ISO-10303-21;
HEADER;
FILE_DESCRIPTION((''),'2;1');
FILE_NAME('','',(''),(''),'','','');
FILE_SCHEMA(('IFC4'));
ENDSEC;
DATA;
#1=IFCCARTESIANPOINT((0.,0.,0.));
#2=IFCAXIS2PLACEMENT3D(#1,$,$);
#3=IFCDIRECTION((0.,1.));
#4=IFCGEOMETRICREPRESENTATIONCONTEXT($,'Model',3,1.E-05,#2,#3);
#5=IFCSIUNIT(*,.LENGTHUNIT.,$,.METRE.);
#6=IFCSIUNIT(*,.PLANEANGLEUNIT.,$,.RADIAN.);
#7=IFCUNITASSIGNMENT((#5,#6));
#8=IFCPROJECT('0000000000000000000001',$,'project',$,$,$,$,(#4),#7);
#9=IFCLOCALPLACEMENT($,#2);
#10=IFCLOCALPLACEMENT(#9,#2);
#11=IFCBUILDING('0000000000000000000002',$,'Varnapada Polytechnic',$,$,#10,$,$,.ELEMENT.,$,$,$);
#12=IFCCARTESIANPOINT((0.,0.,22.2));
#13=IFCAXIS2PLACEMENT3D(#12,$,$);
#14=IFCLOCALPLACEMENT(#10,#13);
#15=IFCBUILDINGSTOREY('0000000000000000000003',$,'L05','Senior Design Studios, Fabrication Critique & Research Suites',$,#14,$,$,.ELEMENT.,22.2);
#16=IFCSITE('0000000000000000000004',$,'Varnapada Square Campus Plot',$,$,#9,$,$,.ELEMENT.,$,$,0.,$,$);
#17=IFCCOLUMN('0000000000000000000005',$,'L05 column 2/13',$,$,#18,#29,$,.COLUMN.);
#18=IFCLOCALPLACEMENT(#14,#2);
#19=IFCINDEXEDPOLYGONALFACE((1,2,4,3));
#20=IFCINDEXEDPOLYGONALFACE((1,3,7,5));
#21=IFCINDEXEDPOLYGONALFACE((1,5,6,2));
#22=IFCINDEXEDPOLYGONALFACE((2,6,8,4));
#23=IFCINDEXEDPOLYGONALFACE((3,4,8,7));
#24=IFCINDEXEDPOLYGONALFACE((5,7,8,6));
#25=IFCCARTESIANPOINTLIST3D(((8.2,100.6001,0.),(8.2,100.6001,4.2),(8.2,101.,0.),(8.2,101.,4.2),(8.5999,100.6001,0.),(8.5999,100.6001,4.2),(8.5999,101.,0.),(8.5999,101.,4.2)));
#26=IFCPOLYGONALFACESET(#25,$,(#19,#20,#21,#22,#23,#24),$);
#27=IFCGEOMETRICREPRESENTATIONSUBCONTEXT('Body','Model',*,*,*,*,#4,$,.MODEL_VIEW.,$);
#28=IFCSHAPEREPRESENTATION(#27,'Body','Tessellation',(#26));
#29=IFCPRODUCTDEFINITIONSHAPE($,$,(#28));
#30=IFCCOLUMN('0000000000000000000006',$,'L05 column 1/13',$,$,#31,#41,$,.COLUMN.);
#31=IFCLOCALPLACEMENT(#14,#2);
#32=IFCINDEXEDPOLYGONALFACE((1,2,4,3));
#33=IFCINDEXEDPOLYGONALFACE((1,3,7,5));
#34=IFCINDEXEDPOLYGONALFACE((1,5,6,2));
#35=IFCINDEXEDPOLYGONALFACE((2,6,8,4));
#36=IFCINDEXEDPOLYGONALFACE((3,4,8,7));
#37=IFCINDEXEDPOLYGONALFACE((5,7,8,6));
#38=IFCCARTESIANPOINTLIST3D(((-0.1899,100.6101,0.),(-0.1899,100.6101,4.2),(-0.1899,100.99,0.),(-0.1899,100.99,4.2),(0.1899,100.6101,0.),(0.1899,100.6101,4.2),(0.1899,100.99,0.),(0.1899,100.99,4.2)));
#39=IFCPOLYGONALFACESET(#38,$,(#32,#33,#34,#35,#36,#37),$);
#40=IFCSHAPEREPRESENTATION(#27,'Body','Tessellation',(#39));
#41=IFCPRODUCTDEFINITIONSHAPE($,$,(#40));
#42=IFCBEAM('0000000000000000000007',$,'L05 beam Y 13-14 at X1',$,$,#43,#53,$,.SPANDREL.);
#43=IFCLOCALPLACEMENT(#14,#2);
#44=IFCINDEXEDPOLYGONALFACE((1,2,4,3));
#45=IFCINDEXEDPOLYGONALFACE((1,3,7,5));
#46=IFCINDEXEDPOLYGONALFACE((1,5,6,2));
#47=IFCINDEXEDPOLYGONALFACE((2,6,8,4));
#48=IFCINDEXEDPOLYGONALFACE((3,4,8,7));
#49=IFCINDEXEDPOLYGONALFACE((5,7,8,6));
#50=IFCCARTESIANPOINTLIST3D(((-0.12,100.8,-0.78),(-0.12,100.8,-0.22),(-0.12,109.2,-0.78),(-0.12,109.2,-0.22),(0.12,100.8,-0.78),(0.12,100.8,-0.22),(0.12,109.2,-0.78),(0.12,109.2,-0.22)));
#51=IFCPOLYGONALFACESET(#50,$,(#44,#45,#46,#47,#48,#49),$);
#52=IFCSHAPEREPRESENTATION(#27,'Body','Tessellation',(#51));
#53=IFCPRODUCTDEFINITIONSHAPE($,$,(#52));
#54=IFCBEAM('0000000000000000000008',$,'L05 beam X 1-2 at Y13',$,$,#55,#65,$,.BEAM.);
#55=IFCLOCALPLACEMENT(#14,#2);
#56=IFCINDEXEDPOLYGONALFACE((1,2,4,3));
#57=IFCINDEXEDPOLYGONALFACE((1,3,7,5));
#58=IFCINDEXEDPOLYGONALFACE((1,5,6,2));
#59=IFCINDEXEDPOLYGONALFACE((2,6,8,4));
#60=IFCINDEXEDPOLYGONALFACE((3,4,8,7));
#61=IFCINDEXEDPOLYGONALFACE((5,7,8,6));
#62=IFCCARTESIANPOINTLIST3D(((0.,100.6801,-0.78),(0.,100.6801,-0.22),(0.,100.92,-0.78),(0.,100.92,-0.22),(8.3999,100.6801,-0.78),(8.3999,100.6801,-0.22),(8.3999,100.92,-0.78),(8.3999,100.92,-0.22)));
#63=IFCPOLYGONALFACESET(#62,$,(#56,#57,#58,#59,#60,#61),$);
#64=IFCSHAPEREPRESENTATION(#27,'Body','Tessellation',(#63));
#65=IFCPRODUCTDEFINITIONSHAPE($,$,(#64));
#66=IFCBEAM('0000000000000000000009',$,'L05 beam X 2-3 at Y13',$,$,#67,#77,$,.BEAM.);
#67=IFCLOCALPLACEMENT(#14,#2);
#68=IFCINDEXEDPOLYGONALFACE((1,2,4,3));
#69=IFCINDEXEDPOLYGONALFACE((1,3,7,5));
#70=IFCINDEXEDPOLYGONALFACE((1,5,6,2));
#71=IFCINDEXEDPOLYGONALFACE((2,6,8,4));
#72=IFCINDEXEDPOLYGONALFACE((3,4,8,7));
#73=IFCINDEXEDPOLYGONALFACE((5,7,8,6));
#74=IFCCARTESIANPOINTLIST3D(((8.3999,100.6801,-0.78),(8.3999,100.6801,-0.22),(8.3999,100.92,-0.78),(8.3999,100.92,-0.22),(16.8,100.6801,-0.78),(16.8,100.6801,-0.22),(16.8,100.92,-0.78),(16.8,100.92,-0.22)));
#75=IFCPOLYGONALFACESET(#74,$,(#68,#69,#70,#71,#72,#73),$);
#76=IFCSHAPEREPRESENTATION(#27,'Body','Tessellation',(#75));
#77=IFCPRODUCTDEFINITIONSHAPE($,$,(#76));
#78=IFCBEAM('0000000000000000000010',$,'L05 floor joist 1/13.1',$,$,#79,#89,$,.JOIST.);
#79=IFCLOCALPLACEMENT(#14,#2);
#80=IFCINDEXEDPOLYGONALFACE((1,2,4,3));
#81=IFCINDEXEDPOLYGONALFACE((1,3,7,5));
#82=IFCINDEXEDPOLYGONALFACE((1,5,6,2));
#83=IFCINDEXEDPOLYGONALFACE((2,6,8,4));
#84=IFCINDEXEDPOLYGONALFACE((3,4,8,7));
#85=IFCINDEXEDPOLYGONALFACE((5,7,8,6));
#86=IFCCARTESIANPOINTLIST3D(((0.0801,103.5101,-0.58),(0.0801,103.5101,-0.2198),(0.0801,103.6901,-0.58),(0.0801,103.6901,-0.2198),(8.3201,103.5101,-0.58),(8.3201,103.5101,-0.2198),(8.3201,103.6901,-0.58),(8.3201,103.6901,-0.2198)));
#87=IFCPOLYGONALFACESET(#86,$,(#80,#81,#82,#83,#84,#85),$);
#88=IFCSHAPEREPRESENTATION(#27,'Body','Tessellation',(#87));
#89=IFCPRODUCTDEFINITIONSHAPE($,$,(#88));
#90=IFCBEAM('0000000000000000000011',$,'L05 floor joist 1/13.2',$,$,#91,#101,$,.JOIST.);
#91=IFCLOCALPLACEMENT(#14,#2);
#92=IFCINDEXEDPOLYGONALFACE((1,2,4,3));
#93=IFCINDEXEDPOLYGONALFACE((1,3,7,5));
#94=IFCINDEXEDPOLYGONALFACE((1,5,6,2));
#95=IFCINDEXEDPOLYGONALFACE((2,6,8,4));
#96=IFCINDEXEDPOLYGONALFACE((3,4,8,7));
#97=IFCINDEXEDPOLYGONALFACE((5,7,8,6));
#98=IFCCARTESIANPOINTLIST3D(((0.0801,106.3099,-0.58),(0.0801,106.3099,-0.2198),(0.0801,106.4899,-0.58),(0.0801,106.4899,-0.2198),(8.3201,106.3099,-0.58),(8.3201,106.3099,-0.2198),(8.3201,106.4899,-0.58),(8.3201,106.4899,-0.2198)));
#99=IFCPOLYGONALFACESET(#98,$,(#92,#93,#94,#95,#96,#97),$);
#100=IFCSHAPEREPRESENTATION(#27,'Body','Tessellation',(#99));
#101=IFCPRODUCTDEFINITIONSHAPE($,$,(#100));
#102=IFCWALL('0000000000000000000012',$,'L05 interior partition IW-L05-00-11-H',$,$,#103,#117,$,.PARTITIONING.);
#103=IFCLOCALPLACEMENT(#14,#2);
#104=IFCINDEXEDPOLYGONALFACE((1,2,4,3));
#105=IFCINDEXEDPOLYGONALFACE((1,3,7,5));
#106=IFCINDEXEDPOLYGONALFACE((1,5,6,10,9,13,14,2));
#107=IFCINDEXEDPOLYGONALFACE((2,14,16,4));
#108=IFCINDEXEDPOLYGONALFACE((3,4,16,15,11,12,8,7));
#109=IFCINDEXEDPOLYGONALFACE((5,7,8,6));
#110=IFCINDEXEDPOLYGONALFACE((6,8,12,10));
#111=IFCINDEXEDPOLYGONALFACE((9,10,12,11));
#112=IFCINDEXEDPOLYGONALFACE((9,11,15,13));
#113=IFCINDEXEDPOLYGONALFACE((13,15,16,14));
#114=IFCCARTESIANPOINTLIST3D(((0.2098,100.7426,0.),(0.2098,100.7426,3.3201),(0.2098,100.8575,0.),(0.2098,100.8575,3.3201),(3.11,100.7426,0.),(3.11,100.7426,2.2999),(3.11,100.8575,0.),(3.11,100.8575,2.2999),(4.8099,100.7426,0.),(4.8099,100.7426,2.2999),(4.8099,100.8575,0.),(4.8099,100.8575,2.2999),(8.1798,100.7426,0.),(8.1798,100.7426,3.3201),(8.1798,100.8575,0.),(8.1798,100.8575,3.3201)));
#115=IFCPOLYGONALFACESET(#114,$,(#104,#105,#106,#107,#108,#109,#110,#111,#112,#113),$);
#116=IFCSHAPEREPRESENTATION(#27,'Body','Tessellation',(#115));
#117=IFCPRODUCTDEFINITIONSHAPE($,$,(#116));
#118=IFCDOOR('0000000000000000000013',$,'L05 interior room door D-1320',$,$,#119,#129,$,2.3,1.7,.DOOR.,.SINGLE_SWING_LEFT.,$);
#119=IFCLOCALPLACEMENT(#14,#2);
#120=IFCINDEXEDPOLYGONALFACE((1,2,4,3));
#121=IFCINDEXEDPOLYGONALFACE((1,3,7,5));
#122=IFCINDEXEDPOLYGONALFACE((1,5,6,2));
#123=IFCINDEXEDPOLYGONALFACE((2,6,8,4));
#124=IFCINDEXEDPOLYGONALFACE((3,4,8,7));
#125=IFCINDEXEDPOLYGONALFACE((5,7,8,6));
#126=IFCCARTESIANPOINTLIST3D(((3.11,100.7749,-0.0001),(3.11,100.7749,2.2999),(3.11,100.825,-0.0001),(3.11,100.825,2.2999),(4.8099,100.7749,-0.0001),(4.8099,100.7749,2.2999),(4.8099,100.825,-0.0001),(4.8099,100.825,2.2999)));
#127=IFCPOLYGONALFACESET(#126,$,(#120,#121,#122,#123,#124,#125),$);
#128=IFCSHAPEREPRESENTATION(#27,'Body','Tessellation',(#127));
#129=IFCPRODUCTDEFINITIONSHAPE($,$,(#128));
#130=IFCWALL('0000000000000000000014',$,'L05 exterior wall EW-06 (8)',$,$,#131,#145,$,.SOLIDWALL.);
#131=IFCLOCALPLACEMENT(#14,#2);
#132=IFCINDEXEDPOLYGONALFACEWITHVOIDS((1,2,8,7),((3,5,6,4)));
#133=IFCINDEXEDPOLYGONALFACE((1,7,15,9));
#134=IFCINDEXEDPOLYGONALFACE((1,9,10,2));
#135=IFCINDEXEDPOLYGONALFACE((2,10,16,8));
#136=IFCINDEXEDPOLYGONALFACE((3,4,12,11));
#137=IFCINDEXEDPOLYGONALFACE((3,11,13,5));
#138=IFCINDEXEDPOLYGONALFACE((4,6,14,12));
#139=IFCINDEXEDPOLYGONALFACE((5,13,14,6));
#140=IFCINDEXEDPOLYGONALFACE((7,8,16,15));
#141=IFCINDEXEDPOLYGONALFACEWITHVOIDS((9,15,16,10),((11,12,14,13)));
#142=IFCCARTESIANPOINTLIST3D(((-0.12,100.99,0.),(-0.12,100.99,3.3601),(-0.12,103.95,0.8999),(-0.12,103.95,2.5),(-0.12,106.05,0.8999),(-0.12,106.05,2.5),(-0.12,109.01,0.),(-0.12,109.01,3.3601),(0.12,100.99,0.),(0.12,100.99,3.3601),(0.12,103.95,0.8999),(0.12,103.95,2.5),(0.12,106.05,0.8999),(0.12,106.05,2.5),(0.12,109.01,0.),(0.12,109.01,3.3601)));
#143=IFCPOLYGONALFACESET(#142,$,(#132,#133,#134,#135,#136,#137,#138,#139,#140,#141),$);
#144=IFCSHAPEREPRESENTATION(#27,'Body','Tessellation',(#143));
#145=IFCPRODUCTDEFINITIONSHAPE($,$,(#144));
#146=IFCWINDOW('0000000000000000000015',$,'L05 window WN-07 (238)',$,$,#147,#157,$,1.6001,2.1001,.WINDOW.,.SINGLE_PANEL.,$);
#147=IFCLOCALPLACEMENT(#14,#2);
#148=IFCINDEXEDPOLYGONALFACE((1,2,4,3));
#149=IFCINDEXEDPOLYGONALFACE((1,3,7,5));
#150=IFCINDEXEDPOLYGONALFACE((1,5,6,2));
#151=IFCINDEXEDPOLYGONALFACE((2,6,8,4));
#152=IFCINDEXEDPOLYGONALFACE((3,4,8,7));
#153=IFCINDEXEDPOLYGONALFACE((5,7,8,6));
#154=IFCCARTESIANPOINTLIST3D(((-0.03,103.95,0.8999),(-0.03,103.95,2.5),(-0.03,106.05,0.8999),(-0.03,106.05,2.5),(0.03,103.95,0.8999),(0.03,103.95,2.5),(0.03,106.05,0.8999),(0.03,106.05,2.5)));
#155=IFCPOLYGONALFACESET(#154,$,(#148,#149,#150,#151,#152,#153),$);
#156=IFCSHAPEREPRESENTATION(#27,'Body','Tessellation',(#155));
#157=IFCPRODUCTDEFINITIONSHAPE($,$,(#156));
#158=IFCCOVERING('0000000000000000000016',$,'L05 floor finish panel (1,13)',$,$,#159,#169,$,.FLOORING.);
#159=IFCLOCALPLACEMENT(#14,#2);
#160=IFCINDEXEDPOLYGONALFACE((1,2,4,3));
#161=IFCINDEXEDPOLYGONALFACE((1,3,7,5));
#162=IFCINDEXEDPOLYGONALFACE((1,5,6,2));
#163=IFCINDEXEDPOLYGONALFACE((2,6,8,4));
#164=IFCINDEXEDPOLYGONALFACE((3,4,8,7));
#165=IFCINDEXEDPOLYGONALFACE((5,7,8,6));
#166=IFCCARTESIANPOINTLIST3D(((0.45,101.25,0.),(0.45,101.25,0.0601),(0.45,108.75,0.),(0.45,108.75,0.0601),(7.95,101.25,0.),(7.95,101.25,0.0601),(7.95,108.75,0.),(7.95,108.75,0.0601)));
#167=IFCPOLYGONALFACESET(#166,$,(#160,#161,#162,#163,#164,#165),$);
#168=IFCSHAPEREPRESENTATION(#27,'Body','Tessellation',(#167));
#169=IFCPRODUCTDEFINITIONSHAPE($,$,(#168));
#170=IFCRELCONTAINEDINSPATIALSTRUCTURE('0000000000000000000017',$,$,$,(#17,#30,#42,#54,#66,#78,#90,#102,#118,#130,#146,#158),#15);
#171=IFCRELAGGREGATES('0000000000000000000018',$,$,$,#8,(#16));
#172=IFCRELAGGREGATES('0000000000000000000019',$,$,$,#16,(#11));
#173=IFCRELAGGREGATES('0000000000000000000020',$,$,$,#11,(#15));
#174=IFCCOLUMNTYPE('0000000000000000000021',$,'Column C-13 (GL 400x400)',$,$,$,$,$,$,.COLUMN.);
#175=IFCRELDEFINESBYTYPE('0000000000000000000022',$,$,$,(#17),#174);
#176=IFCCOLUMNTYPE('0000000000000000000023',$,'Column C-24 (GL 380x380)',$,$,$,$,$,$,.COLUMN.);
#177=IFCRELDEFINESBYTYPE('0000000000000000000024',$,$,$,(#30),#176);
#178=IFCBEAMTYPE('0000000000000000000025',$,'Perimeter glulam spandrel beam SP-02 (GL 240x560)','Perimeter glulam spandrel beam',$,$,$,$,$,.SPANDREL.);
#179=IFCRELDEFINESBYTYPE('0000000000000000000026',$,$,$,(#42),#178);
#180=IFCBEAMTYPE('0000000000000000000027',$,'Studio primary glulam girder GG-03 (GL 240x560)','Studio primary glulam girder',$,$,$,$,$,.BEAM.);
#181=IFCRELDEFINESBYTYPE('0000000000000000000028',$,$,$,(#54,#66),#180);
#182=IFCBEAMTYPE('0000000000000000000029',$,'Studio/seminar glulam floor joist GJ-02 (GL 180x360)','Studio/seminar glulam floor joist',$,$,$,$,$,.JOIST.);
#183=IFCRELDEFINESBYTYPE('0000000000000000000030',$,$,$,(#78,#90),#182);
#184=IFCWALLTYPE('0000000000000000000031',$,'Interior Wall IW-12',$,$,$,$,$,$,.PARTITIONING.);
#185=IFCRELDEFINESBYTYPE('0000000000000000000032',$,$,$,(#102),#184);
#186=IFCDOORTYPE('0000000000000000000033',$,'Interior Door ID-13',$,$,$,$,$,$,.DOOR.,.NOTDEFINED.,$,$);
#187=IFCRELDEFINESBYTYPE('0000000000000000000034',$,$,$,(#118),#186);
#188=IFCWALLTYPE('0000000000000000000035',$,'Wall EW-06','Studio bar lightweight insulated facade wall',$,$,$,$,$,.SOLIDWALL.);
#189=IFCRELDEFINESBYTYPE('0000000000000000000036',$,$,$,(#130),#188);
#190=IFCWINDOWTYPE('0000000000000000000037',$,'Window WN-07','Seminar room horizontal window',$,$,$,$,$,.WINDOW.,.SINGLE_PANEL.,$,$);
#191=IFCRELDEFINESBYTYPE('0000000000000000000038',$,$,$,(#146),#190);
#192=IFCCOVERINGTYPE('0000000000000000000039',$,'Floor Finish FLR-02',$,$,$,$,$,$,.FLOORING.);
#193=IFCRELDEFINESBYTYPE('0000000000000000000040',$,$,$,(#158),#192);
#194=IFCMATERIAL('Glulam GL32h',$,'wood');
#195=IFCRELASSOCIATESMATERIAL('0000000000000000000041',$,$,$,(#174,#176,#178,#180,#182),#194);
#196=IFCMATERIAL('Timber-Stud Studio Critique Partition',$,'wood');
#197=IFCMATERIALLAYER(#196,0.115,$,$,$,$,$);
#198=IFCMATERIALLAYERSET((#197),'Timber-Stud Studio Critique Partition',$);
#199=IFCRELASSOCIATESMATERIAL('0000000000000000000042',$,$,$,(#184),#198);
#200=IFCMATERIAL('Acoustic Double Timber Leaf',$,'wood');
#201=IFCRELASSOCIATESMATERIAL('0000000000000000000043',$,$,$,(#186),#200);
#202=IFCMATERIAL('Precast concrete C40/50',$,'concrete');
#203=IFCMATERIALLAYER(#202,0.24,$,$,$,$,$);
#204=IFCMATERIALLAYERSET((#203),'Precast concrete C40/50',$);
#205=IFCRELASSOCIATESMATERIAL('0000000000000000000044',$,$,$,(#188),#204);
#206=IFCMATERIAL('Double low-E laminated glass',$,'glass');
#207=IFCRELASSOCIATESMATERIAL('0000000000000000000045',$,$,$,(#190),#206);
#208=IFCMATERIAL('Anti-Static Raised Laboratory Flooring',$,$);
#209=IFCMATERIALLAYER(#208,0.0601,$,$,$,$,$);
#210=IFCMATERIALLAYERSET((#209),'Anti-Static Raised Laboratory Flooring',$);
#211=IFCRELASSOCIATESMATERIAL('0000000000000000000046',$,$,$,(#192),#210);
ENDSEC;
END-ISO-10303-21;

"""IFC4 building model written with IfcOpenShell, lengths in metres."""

from ifc_helpers import new_model, si_unit, direction, frame, frame_2d, origin, origin_2d, place, context, subcontext, project, spatial, rectangle, extrude, material, layer, layer_set, material_profile, profile_set, type_object, element, fill, save


model = new_model("IFC4")

# Units and contexts
model_context = context("Model", 3, precision=1e-05, world=origin(), true_north=direction((0.0, 1.0)))
body_context = subcontext(model_context, "Body", "Model", "MODEL_VIEW")
ifc_project = project(units=[si_unit("LENGTHUNIT", "METRE"), si_unit("PLANEANGLEUNIT", "RADIAN")], contexts=[model_context])

# Site, building, storey
site_placement = place(None, origin())
site = spatial("IfcSite", under=ifc_project, at=site_placement, Name="Varnapada Square Campus Plot", CompositionType="ELEMENT", RefElevation=0.0)
building_placement = place(site_placement, origin())
building = spatial("IfcBuilding", under=site, at=building_placement, Name="Varnapada Polytechnic", CompositionType="ELEMENT")
storey_placement = place(building_placement, frame((0.0, 0.0, 22.2)))
storey = spatial("IfcBuildingStorey", under=building, at=storey_placement, Name="L05", Description="Senior Design Studios, Fabrication Critique & Research Suites", CompositionType="ELEMENT", Elevation=22.2)

# Columns
ifc_material_1 = material(Name="Glulam GL32h", Category="wood")
ifc_material_profile_1 = material_profile(ifc_material_1, rectangle(XDim=0.3999, YDim=0.3999, at=origin_2d()), Name="GL 400x400")
ifc_profile_set_1 = profile_set([ifc_material_profile_1], Name="Glulam GL32h")
column_type_1 = type_object("IfcColumnType", Name="Column C-13 (GL 400x400)", PredefinedType="COLUMN", material=ifc_profile_set_1)
column_1_placement = place(storey_placement, frame((8.3999, 100.8, 0.0), z_axis=(0.0, 0.0, 1.0), x_axis=(1.0, 0.0, 0.0)))
element("IfcColumn", 1, at=column_1_placement, inside=storey, type_object=column_type_1, Name="L05 column 2/13", PredefinedType="COLUMN", context=body_context, shape_type="SweptSolid", body=[
    extrude(rectangle(XDim=0.3999, YDim=0.3999, at=origin_2d()), origin(), (0.0, 0.0, 1.0), 4.2),
])
ifc_material_profile_2 = material_profile(ifc_material_1, rectangle(XDim=0.3799, YDim=0.3799, at=origin_2d()), Name="GL 380x380")
ifc_profile_set_2 = profile_set([ifc_material_profile_2], Name="Glulam GL32h")
column_type_2 = type_object("IfcColumnType", Name="Column C-24 (GL 380x380)", PredefinedType="COLUMN", material=ifc_profile_set_2)
column_2_placement = place(storey_placement, frame((0.0, 100.8, 0.0), z_axis=(0.0, 0.0, 1.0), x_axis=(1.0, 0.0, 0.0)))
element("IfcColumn", 2, at=column_2_placement, inside=storey, type_object=column_type_2, Name="L05 column 1/13", PredefinedType="COLUMN", context=body_context, shape_type="SweptSolid", body=[
    extrude(rectangle(XDim=0.3799, YDim=0.3799, at=origin_2d()), origin(), (0.0, 0.0, 1.0), 4.2),
])

# Beams
ifc_material_profile_3 = material_profile(ifc_material_1, rectangle(XDim=0.24, YDim=0.5601, at=origin_2d()), Name="GL 240x560")
ifc_profile_set_3 = profile_set([ifc_material_profile_3], Name="Glulam GL32h")
beam_type_1 = type_object("IfcBeamType", Name="Perimeter glulam spandrel beam SP-02 (GL 240x560)", Description="Perimeter glulam spandrel beam", PredefinedType="SPANDREL", material=ifc_profile_set_3)
beam_1_placement = place(storey_placement, frame((0.0, 100.8, -0.5), z_axis=(0.0, 1.0, 0.0), x_axis=(-1.0, 0.0, 0.0)))
element("IfcBeam", 3, at=beam_1_placement, inside=storey, type_object=beam_type_1, Name="L05 beam Y 13-14 at X1", PredefinedType="SPANDREL", context=body_context, shape_type="SweptSolid", body=[
    extrude(rectangle(XDim=0.24, YDim=0.5601, at=origin_2d()), origin(), (0.0, 0.0, 1.0), 8.3999),
])
ifc_material_profile_4 = material_profile(ifc_material_1, rectangle(XDim=0.24, YDim=0.5601, at=origin_2d()), Name="GL 240x560")
ifc_profile_set_4 = profile_set([ifc_material_profile_4], Name="Glulam GL32h")
beam_type_2 = type_object("IfcBeamType", Name="Studio primary glulam girder GG-03 (GL 240x560)", Description="Studio primary glulam girder", PredefinedType="BEAM", material=ifc_profile_set_4)
beam_2_placement = place(storey_placement, frame((0.0, 100.8, -0.5), z_axis=(1.0, 0.0, 0.0), x_axis=(0.0, 1.0, 0.0)))
element("IfcBeam", 4, at=beam_2_placement, inside=storey, type_object=beam_type_2, Name="L05 beam X 1-2 at Y13", PredefinedType="BEAM", context=body_context, shape_type="SweptSolid", body=[
    extrude(rectangle(XDim=0.24, YDim=0.5601, at=origin_2d()), origin(), (0.0, 0.0, 1.0), 8.3999),
])
beam_3_placement = place(storey_placement, frame((8.3999, 100.8, -0.5), z_axis=(1.0, 0.0, 0.0), x_axis=(0.0, 1.0, 0.0)))
element("IfcBeam", 5, at=beam_3_placement, inside=storey, type_object=beam_type_2, Name="L05 beam X 2-3 at Y13", PredefinedType="BEAM", context=body_context, shape_type="SweptSolid", body=[
    extrude(rectangle(XDim=0.24, YDim=0.5601, at=origin_2d()), origin(), (0.0, 0.0, 1.0), 8.4001),
])
ifc_material_profile_5 = material_profile(ifc_material_1, rectangle(XDim=0.1799, YDim=0.3601, at=origin_2d()), Name="GL 180x360")
ifc_profile_set_5 = profile_set([ifc_material_profile_5], Name="Glulam GL32h")
beam_type_3 = type_object("IfcBeamType", Name="Studio/seminar glulam floor joist GJ-02 (GL 180x360)", Description="Studio/seminar glulam floor joist", PredefinedType="JOIST", material=ifc_profile_set_5)
for number, where, z_axis, x_axis, name in (
    (6, (0.0801, 103.6001, -0.3999), (1.0, 0.0, 0.0), (0.0, 1.0, 0.0), "L05 floor joist 1/13.1"),
    (7, (0.0801, 106.3999, -0.3999), (1.0, 0.0, 0.0), (0.0, 1.0, 0.0), "L05 floor joist 1/13.2"),
):
    element("IfcBeam", number, at=place(storey_placement, frame(where, z_axis=z_axis, x_axis=x_axis)), inside=storey, type_object=beam_type_3, Name=name, PredefinedType="JOIST", context=body_context, shape_type="SweptSolid", body=[
        extrude(rectangle(XDim=0.1799, YDim=0.3601, at=origin_2d()), origin(), (0.0, 0.0, 1.0), 8.24),
    ])

# Wall, opening, door
ifc_material_2 = material(Name="Timber-Stud Studio Critique Partition", Category="wood")
ifc_layer_1 = layer(ifc_material_2, 0.115)
ifc_layer_set_1 = layer_set([ifc_layer_1], Name="Timber-Stud Studio Critique Partition")
wall_type_1 = type_object("IfcWallType", Name="Interior Wall IW-12", PredefinedType="PARTITIONING", material=ifc_layer_set_1)
wall_1_placement = place(storey_placement, frame((0.21, 100.8, 0.0), z_axis=(0.0, 0.0, 1.0), x_axis=(1.0, 0.0, 0.0)))
wall_1 = element("IfcWall", 8, at=wall_1_placement, inside=storey, type_object=wall_type_1, Name="L05 interior partition IW-L05-00-11-H", PredefinedType="PARTITIONING", context=body_context, shape_type="SweptSolid", body=[
    extrude(rectangle(XDim=7.97, YDim=0.115, at=frame_2d((3.9849, 0.0))), origin(), (0.0, 0.0, 1.0), 3.3201),
])
opening_1_placement = place(wall_1_placement, frame((2.8999, 0.0, 0.0)))
opening_1 = element("IfcOpeningElement", 9, at=opening_1_placement, cuts=wall_1, PredefinedType="OPENING", context=body_context, shape_type="SweptSolid", body=[
    extrude(rectangle(XDim=1.7, YDim=2.3, at=frame_2d((0.8501, 1.1499))), frame((0.0, 0.0674, 0.0), z_axis=(0.0, -1.0, 0.0), x_axis=(1.0, 0.0, 0.0)), (0.0, 0.0, 1.0), 0.135),
])
ifc_material_3 = material(Name="Acoustic Double Timber Leaf", Category="wood")
door_type = type_object("IfcDoorType", Name="Interior Door ID-13", OperationType="NOTDEFINED", PredefinedType="DOOR", material=ifc_material_3)
door_placement = place(opening_1_placement, origin())
door = element("IfcDoor", 10, at=door_placement, inside=storey, type_object=door_type, Name="L05 interior room door D-1320", OperationType="SINGLE_SWING_LEFT", OverallHeight=2.3, OverallWidth=1.7, PredefinedType="DOOR", context=body_context, shape_type="SweptSolid", body=[
    extrude(rectangle(XDim=1.7, YDim=2.3, at=frame_2d((0.8501, 1.1499))), frame((0.0, 0.0249, 0.0), z_axis=(0.0, -1.0, 0.0), x_axis=(1.0, 0.0, 0.0)), (0.0, 0.0, 1.0), 0.05),
])
fill(opening_1, door)

# Wall, opening, window
ifc_material_4 = material(Name="Precast concrete C40/50", Category="concrete")
ifc_layer_2 = layer(ifc_material_4, 0.24)
ifc_layer_set_2 = layer_set([ifc_layer_2], Name="Precast concrete C40/50")
wall_type_2 = type_object("IfcWallType", Name="Wall EW-06", Description="Studio bar lightweight insulated facade wall", PredefinedType="SOLIDWALL", material=ifc_layer_set_2)
wall_2_placement = place(storey_placement, frame((0.0, 100.99, 0.0), z_axis=(0.0, 0.0, 1.0), x_axis=(0.0, 1.0, 0.0)))
wall_2 = element("IfcWall", 11, at=wall_2_placement, inside=storey, type_object=wall_type_2, Name="L05 exterior wall EW-06 (8)", PredefinedType="SOLIDWALL", context=body_context, shape_type="SweptSolid", body=[
    extrude(rectangle(XDim=8.02, YDim=0.24, at=frame_2d((4.01, 0.0))), origin(), (0.0, 0.0, 1.0), 3.3601),
])
opening_2_placement = place(wall_2_placement, frame((2.96, 0.0, 0.8999)))
opening_2 = element("IfcOpeningElement", 12, at=opening_2_placement, cuts=wall_2, PredefinedType="OPENING", context=body_context, shape_type="SweptSolid", body=[
    extrude(rectangle(XDim=2.1001, YDim=1.6001, at=frame_2d((1.05, 0.8))), frame((0.0, 0.1299, 0.0), z_axis=(0.0, -1.0, 0.0), x_axis=(1.0, 0.0, 0.0)), (0.0, 0.0, 1.0), 0.26),
])
ifc_material_5 = material(Name="Double low-E laminated glass", Category="glass")
window_type = type_object("IfcWindowType", Name="Window WN-07", Description="Seminar room horizontal window", PartitioningType="SINGLE_PANEL", PredefinedType="WINDOW", material=ifc_material_5)
window_placement = place(opening_2_placement, origin())
window = element("IfcWindow", 13, at=window_placement, inside=storey, type_object=window_type, Name="L05 window WN-07 (238)", OverallHeight=1.6001, OverallWidth=2.1001, PartitioningType="SINGLE_PANEL", PredefinedType="WINDOW", context=body_context, shape_type="SweptSolid", body=[
    extrude(rectangle(XDim=2.1001, YDim=1.6001, at=frame_2d((1.05, 0.8))), frame((0.0, 0.03, 0.0), z_axis=(0.0, -1.0, 0.0), x_axis=(1.0, 0.0, 0.0)), (0.0, 0.0, 1.0), 0.0601),
])
fill(opening_2, window)

# Covering
ifc_material_6 = material(Name="Anti-Static Raised Laboratory Flooring")
ifc_layer_3 = layer(ifc_material_6, 0.0601)
ifc_layer_set_3 = layer_set([ifc_layer_3], Name="Anti-Static Raised Laboratory Flooring")
covering_type_1 = type_object("IfcCoveringType", Name="Floor Finish FLR-02", PredefinedType="FLOORING", material=ifc_layer_set_3)
covering_1_placement = place(storey_placement, frame((4.2, 105.0, 0.0), z_axis=(0.0, 0.0, 1.0), x_axis=(1.0, 0.0, 0.0)))
element("IfcCovering", 14, at=covering_1_placement, inside=storey, type_object=covering_type_1, Name="L05 floor finish panel (1,13)", PredefinedType="FLOORING", context=body_context, shape_type="SweptSolid", body=[
    extrude(rectangle(XDim=7.5, YDim=7.5, at=origin_2d()), origin(), (0.0, 0.0, 1.0), 0.0601),
])

save(model, "model.ifc")
